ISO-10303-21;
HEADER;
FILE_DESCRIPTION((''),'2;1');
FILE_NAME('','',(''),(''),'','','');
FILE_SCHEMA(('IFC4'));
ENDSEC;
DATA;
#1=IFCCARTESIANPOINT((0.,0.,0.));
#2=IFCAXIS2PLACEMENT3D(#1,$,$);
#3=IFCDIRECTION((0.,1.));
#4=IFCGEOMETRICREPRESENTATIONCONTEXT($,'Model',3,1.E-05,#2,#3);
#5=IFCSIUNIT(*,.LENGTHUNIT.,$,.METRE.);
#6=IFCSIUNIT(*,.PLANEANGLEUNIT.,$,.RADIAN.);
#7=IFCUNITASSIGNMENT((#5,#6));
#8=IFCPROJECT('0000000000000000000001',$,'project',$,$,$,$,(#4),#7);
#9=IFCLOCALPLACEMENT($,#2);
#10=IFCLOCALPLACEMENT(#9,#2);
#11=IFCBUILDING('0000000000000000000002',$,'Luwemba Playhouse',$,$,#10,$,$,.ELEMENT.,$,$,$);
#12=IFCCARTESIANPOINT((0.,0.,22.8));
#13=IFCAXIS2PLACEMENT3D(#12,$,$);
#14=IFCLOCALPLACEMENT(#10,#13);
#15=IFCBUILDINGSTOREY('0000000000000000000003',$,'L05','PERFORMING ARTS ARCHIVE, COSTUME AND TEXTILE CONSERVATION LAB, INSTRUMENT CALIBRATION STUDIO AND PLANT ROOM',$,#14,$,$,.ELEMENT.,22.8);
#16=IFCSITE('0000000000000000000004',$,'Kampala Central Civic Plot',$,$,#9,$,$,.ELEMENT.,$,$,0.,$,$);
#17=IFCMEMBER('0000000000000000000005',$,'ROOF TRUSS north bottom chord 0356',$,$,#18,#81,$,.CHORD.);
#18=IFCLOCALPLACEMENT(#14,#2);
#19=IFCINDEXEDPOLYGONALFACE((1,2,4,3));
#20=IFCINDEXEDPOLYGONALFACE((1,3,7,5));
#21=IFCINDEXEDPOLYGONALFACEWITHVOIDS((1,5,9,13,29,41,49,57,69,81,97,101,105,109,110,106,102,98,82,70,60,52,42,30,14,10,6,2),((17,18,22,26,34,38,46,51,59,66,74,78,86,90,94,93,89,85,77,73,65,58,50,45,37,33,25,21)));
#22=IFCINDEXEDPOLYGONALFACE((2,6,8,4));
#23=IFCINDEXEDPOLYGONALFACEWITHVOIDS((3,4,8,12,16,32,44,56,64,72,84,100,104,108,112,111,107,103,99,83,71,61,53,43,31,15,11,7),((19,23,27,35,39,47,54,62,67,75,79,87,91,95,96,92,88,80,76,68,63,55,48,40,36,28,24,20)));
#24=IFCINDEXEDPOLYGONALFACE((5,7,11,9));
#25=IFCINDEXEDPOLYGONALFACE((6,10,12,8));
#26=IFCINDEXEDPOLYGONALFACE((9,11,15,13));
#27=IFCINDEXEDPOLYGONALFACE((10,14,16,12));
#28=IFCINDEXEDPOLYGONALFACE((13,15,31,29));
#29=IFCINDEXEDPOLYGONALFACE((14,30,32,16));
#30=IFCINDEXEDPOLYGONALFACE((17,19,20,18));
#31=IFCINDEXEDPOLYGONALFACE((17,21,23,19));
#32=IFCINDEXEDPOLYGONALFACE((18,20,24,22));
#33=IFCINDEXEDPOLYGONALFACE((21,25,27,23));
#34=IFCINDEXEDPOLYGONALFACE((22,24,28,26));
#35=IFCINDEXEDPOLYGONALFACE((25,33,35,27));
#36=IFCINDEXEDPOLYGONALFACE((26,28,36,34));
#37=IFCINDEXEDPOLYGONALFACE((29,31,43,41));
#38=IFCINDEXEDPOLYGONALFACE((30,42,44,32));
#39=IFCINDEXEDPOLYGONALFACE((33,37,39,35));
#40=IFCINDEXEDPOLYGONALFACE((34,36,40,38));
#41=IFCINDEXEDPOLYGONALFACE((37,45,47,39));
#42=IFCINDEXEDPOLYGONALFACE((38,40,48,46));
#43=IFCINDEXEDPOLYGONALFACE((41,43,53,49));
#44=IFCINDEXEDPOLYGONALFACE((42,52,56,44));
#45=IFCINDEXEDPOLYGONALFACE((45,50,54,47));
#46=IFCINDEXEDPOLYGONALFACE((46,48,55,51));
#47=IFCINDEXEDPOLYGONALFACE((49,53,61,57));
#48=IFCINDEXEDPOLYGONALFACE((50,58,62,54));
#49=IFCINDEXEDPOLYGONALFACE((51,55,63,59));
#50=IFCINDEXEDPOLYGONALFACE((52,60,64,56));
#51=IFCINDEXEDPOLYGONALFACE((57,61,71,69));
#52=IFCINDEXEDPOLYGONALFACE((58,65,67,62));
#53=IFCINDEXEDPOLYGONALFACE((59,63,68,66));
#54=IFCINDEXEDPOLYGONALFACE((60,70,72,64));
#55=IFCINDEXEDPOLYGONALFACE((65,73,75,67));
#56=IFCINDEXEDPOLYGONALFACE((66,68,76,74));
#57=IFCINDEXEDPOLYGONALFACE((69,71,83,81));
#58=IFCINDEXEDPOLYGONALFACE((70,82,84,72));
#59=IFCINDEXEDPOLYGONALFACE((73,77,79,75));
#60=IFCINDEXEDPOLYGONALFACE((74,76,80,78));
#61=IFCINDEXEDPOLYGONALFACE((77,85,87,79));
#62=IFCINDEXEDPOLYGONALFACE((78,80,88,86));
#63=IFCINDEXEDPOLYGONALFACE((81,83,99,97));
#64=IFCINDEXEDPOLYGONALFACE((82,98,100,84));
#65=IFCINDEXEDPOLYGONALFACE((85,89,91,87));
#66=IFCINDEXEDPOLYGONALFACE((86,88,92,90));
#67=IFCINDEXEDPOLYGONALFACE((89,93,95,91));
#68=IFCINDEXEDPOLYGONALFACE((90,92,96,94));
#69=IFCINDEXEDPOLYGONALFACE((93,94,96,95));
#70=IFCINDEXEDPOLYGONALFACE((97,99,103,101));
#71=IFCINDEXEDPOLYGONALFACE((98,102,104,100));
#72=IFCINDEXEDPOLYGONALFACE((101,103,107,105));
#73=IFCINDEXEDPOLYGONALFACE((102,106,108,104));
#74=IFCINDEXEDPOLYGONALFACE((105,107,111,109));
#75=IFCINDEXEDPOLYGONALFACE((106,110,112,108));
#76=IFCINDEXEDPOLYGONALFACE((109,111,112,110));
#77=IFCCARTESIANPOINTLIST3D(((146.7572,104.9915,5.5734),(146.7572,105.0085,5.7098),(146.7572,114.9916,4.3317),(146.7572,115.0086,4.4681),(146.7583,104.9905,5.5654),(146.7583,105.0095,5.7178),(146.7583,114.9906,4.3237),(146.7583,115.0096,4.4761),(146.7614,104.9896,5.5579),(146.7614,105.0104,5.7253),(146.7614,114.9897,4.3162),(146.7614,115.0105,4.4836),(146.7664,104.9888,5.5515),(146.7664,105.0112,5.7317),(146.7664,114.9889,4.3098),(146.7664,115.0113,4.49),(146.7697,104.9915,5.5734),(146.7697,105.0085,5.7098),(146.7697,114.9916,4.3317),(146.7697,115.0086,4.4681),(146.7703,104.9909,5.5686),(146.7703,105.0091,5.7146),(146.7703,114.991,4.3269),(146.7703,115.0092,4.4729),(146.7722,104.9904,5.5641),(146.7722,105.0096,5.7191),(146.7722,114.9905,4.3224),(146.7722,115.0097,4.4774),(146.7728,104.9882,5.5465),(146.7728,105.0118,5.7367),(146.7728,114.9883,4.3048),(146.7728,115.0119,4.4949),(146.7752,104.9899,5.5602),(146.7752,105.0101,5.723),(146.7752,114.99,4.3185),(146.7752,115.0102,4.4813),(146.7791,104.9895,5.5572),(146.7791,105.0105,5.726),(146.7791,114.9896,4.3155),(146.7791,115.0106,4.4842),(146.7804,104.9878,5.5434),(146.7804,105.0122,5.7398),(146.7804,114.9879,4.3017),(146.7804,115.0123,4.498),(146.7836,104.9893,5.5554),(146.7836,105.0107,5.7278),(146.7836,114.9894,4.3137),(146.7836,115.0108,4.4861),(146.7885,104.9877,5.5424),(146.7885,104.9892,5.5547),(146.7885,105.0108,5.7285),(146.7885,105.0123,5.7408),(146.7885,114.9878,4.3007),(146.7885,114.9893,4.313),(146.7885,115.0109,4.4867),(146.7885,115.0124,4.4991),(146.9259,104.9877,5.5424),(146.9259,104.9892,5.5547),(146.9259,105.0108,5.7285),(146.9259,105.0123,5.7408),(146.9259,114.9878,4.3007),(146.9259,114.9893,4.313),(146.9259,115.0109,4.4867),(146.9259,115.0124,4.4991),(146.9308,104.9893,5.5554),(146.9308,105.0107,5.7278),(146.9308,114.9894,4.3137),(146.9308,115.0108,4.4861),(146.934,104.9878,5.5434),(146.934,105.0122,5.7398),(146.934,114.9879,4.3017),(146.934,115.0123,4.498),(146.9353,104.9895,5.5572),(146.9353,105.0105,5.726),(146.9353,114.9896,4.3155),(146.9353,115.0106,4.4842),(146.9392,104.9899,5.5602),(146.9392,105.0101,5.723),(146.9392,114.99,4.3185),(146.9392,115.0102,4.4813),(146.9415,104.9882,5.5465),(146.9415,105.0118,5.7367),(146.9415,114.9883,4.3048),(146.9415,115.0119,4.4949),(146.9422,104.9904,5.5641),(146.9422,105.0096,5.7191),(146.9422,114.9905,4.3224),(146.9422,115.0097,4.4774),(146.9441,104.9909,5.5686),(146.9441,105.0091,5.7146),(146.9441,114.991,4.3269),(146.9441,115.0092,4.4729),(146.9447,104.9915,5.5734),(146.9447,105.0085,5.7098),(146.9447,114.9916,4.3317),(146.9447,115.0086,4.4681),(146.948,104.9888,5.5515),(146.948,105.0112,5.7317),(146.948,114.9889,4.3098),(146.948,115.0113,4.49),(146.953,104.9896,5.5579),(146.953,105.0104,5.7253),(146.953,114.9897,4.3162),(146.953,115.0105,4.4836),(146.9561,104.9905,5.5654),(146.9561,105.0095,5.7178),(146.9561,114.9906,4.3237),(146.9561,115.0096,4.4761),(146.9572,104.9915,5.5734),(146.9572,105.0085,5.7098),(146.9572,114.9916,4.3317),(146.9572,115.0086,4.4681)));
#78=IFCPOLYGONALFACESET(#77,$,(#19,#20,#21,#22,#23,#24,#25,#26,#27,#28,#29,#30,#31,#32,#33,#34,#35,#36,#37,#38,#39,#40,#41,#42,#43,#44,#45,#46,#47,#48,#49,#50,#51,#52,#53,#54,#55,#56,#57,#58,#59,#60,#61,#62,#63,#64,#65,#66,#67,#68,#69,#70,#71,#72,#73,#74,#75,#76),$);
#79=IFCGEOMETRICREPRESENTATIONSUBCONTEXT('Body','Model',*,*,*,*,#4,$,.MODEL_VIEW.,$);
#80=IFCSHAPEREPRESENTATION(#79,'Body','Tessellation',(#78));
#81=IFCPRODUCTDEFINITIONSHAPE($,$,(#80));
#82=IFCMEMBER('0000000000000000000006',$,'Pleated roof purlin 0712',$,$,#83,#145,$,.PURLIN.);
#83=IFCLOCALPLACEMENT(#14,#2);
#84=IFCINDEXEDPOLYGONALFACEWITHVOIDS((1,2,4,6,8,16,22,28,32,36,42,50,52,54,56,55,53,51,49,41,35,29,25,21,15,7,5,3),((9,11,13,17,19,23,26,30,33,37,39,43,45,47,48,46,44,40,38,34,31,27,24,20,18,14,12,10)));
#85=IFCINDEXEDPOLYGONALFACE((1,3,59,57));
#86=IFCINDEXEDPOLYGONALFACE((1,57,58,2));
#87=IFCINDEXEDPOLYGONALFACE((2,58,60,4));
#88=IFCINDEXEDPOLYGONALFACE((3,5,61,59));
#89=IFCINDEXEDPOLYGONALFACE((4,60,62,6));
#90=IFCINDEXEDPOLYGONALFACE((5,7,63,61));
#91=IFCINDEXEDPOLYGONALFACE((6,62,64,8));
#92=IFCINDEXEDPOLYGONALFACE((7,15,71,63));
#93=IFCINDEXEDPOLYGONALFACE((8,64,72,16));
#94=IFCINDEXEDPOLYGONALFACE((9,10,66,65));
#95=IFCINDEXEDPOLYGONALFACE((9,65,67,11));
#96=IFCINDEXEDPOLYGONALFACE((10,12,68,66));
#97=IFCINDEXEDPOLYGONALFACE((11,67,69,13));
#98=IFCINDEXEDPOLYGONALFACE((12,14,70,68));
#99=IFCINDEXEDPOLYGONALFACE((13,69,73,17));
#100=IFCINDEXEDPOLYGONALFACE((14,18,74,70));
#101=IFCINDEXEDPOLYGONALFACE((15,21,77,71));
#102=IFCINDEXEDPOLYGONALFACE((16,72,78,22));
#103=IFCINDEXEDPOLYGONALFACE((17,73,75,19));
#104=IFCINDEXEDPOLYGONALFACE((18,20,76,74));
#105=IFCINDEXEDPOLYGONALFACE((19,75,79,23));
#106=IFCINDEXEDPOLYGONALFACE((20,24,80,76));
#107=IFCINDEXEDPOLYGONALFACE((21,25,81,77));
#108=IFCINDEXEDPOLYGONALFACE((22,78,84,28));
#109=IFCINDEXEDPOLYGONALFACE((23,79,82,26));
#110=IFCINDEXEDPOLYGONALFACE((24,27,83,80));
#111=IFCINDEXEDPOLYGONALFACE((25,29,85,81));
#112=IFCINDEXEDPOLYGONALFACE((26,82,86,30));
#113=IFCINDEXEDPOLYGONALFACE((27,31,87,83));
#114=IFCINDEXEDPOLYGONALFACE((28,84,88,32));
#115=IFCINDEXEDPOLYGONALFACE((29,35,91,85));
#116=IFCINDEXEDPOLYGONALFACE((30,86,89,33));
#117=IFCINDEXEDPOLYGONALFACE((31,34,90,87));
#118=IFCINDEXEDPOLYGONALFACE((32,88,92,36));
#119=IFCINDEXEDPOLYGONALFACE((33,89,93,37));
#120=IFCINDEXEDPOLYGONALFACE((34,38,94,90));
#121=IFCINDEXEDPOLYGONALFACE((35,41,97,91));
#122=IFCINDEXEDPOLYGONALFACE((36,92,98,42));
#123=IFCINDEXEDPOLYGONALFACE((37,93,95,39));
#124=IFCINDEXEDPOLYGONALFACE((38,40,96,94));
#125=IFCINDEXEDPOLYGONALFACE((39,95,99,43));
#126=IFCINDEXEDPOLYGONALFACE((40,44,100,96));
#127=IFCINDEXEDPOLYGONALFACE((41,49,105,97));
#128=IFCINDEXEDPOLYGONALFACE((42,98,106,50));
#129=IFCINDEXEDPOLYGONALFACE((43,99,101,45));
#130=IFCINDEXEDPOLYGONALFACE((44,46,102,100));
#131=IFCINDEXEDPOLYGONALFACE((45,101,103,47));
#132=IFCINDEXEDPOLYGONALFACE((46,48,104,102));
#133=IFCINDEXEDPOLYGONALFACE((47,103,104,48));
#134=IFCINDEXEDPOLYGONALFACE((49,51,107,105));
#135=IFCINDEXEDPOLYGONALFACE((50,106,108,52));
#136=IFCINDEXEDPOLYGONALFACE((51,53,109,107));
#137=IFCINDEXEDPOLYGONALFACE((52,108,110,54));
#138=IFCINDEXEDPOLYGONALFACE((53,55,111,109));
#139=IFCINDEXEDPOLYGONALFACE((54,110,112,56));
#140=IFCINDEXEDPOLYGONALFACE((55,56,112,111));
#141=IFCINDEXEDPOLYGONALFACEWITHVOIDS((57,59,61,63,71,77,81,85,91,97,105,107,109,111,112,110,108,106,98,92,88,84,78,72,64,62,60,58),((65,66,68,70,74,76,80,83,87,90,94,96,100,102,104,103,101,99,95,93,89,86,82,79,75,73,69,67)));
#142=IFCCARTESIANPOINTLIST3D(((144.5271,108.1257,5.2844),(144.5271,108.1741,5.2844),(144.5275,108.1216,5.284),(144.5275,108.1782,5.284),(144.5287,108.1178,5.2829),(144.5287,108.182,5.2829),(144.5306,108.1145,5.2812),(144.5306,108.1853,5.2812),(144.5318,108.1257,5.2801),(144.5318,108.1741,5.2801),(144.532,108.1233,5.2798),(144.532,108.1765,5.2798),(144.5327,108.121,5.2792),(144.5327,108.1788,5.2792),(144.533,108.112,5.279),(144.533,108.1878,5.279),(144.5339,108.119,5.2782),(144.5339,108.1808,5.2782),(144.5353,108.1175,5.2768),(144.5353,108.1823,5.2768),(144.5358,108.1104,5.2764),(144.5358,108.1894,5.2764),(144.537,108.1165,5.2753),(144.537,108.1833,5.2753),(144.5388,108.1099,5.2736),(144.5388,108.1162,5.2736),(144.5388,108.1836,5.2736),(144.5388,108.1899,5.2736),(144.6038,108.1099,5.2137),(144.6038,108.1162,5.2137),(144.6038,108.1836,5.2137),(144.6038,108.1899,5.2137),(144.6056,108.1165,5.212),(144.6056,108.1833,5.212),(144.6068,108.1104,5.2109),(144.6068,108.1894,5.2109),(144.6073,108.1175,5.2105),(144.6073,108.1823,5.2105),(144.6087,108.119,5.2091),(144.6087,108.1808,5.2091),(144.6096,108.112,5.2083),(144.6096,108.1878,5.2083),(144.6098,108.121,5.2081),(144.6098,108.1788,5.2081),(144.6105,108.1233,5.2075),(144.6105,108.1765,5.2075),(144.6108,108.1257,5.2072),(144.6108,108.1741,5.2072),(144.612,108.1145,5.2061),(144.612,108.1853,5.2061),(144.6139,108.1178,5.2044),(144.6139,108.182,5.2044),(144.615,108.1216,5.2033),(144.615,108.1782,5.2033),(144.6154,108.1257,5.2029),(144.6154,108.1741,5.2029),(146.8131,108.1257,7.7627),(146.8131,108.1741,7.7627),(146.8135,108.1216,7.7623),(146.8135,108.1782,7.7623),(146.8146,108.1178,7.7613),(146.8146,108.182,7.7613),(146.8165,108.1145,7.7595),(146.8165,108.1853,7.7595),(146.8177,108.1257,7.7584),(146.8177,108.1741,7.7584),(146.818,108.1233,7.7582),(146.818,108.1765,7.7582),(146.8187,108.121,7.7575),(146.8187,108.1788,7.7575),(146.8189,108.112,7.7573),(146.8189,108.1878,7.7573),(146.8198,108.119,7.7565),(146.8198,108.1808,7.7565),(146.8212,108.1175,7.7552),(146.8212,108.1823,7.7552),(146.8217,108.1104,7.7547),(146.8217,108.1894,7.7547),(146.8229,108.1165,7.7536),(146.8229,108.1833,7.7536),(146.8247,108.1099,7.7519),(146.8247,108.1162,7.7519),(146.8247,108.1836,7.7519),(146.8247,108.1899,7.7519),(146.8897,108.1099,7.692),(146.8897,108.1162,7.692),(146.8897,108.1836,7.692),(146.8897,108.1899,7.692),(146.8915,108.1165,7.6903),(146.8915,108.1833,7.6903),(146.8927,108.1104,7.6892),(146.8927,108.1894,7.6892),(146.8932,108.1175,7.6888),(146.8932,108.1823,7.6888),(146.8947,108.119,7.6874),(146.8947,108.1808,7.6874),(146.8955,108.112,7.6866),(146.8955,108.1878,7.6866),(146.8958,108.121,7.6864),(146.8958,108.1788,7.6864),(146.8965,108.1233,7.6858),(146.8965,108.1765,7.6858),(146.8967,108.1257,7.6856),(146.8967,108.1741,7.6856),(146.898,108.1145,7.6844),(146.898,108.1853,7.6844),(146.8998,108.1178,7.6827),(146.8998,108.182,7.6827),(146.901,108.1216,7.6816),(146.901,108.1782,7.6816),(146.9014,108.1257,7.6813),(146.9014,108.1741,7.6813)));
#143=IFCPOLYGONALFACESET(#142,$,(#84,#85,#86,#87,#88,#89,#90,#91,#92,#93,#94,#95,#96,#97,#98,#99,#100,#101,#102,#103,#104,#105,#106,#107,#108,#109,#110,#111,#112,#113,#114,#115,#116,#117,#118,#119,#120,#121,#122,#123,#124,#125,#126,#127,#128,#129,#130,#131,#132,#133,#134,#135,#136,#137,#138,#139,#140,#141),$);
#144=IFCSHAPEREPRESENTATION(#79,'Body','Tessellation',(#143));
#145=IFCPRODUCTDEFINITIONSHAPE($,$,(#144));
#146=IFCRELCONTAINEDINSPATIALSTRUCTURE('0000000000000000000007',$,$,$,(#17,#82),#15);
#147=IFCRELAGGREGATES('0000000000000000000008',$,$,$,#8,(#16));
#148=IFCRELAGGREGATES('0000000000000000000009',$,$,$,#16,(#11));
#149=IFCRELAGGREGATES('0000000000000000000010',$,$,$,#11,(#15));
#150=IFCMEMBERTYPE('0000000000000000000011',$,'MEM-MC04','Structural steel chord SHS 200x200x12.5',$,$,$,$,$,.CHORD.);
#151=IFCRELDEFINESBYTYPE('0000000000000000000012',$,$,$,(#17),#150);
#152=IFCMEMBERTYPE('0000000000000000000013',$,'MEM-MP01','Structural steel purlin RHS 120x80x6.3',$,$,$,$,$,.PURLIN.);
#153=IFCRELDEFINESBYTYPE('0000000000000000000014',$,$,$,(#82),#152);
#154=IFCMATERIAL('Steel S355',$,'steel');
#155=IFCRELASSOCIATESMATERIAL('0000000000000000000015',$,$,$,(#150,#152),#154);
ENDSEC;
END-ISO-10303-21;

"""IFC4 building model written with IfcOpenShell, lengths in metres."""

from ifc_helpers import new_model, si_unit, direction, frame, origin, origin_2d, place, context, subcontext, project, spatial, hollow_rectangle, extrude, material, material_profile, profile_set, type_object, element, save


model = new_model("IFC4")

# Units and contexts
model_context = context("Model", 3, precision=1e-05, world=origin(), true_north=direction((0.0, 1.0)))
body_context = subcontext(model_context, "Body", "Model", "MODEL_VIEW")
ifc_project = project(units=[si_unit("LENGTHUNIT", "METRE"), si_unit("PLANEANGLEUNIT", "RADIAN")], contexts=[model_context])

# Site, building, storey
site_placement = place(None, origin())
site = spatial("IfcSite", under=ifc_project, at=site_placement, Name="Kampala Central Civic Plot", CompositionType="ELEMENT", RefElevation=0.0)
building_placement = place(site_placement, origin())
building = spatial("IfcBuilding", under=site, at=building_placement, Name="Luwemba Playhouse", CompositionType="ELEMENT")
storey_placement = place(building_placement, frame((0.0, 0.0, 22.8)))
storey = spatial("IfcBuildingStorey", under=building, at=storey_placement, Name="L05", Description="PERFORMING ARTS ARCHIVE, COSTUME AND TEXTILE CONSERVATION LAB, INSTRUMENT CALIBRATION STUDIO AND PLANT ROOM", CompositionType="ELEMENT", Elevation=22.8)

# Shared definitions
ifc_material_1 = material(Name="Steel S355", Category="steel")

# Members
ifc_material_profile_1 = material_profile(ifc_material_1, hollow_rectangle(XDim=0.2, YDim=0.2, WallThickness=0.0125, InnerFilletRadius=0.0188, OuterFilletRadius=0.0312, at=origin_2d()))
ifc_profile_set_1 = profile_set([ifc_material_profile_1], Name="Steel S355")
member_type_1 = type_object("IfcMemberType", Name="MEM-MC04", Description="Structural steel chord SHS 200x200x12.5", PredefinedType="CHORD", material=ifc_profile_set_1)
member_1_placement = place(storey_placement, frame((146.8572, 105.0, 5.6416), z_axis=(0.0, 0.992379, -0.123224), x_axis=(-1.0, 0.0, 0.0)))
element("IfcMember", 1, at=member_1_placement, inside=storey, type_object=member_type_1, Name="ROOF TRUSS north bottom chord 0356", PredefinedType="CHORD", context=body_context, shape_type="SweptSolid", body=[
    extrude(hollow_rectangle(XDim=0.2, YDim=0.2, WallThickness=0.0125, InnerFilletRadius=0.0188, OuterFilletRadius=0.0312, at=origin_2d()), origin(), (0.0, 0.0, 1.0), 10.0769),
])
ifc_material_profile_2 = material_profile(ifc_material_1, hollow_rectangle(XDim=0.0801, YDim=0.1201, WallThickness=0.0063, InnerFilletRadius=0.0095, OuterFilletRadius=0.0159, at=origin_2d()))
ifc_profile_set_2 = profile_set([ifc_material_profile_2], Name="Steel S355")
member_type_2 = type_object("IfcMemberType", Name="MEM-MP01", Description="Structural steel purlin RHS 120x80x6.3", PredefinedType="PURLIN", material=ifc_profile_set_2)
member_2_placement = place(storey_placement, frame((144.5713, 108.1499, 5.2437), z_axis=(0.678, 0.0, 0.735062), x_axis=(0.0, 1.0, 0.0)))
element("IfcMember", 2, at=member_2_placement, inside=storey, type_object=member_type_2, Name="Pleated roof purlin 0712", PredefinedType="PURLIN", context=body_context, shape_type="SweptSolid", body=[
    extrude(hollow_rectangle(XDim=0.0801, YDim=0.1201, WallThickness=0.0063, InnerFilletRadius=0.0095, OuterFilletRadius=0.0159, at=origin_2d()), origin(), (0.0, 0.0, 1.0), 3.3716),
])

save(model, "model.ifc")
